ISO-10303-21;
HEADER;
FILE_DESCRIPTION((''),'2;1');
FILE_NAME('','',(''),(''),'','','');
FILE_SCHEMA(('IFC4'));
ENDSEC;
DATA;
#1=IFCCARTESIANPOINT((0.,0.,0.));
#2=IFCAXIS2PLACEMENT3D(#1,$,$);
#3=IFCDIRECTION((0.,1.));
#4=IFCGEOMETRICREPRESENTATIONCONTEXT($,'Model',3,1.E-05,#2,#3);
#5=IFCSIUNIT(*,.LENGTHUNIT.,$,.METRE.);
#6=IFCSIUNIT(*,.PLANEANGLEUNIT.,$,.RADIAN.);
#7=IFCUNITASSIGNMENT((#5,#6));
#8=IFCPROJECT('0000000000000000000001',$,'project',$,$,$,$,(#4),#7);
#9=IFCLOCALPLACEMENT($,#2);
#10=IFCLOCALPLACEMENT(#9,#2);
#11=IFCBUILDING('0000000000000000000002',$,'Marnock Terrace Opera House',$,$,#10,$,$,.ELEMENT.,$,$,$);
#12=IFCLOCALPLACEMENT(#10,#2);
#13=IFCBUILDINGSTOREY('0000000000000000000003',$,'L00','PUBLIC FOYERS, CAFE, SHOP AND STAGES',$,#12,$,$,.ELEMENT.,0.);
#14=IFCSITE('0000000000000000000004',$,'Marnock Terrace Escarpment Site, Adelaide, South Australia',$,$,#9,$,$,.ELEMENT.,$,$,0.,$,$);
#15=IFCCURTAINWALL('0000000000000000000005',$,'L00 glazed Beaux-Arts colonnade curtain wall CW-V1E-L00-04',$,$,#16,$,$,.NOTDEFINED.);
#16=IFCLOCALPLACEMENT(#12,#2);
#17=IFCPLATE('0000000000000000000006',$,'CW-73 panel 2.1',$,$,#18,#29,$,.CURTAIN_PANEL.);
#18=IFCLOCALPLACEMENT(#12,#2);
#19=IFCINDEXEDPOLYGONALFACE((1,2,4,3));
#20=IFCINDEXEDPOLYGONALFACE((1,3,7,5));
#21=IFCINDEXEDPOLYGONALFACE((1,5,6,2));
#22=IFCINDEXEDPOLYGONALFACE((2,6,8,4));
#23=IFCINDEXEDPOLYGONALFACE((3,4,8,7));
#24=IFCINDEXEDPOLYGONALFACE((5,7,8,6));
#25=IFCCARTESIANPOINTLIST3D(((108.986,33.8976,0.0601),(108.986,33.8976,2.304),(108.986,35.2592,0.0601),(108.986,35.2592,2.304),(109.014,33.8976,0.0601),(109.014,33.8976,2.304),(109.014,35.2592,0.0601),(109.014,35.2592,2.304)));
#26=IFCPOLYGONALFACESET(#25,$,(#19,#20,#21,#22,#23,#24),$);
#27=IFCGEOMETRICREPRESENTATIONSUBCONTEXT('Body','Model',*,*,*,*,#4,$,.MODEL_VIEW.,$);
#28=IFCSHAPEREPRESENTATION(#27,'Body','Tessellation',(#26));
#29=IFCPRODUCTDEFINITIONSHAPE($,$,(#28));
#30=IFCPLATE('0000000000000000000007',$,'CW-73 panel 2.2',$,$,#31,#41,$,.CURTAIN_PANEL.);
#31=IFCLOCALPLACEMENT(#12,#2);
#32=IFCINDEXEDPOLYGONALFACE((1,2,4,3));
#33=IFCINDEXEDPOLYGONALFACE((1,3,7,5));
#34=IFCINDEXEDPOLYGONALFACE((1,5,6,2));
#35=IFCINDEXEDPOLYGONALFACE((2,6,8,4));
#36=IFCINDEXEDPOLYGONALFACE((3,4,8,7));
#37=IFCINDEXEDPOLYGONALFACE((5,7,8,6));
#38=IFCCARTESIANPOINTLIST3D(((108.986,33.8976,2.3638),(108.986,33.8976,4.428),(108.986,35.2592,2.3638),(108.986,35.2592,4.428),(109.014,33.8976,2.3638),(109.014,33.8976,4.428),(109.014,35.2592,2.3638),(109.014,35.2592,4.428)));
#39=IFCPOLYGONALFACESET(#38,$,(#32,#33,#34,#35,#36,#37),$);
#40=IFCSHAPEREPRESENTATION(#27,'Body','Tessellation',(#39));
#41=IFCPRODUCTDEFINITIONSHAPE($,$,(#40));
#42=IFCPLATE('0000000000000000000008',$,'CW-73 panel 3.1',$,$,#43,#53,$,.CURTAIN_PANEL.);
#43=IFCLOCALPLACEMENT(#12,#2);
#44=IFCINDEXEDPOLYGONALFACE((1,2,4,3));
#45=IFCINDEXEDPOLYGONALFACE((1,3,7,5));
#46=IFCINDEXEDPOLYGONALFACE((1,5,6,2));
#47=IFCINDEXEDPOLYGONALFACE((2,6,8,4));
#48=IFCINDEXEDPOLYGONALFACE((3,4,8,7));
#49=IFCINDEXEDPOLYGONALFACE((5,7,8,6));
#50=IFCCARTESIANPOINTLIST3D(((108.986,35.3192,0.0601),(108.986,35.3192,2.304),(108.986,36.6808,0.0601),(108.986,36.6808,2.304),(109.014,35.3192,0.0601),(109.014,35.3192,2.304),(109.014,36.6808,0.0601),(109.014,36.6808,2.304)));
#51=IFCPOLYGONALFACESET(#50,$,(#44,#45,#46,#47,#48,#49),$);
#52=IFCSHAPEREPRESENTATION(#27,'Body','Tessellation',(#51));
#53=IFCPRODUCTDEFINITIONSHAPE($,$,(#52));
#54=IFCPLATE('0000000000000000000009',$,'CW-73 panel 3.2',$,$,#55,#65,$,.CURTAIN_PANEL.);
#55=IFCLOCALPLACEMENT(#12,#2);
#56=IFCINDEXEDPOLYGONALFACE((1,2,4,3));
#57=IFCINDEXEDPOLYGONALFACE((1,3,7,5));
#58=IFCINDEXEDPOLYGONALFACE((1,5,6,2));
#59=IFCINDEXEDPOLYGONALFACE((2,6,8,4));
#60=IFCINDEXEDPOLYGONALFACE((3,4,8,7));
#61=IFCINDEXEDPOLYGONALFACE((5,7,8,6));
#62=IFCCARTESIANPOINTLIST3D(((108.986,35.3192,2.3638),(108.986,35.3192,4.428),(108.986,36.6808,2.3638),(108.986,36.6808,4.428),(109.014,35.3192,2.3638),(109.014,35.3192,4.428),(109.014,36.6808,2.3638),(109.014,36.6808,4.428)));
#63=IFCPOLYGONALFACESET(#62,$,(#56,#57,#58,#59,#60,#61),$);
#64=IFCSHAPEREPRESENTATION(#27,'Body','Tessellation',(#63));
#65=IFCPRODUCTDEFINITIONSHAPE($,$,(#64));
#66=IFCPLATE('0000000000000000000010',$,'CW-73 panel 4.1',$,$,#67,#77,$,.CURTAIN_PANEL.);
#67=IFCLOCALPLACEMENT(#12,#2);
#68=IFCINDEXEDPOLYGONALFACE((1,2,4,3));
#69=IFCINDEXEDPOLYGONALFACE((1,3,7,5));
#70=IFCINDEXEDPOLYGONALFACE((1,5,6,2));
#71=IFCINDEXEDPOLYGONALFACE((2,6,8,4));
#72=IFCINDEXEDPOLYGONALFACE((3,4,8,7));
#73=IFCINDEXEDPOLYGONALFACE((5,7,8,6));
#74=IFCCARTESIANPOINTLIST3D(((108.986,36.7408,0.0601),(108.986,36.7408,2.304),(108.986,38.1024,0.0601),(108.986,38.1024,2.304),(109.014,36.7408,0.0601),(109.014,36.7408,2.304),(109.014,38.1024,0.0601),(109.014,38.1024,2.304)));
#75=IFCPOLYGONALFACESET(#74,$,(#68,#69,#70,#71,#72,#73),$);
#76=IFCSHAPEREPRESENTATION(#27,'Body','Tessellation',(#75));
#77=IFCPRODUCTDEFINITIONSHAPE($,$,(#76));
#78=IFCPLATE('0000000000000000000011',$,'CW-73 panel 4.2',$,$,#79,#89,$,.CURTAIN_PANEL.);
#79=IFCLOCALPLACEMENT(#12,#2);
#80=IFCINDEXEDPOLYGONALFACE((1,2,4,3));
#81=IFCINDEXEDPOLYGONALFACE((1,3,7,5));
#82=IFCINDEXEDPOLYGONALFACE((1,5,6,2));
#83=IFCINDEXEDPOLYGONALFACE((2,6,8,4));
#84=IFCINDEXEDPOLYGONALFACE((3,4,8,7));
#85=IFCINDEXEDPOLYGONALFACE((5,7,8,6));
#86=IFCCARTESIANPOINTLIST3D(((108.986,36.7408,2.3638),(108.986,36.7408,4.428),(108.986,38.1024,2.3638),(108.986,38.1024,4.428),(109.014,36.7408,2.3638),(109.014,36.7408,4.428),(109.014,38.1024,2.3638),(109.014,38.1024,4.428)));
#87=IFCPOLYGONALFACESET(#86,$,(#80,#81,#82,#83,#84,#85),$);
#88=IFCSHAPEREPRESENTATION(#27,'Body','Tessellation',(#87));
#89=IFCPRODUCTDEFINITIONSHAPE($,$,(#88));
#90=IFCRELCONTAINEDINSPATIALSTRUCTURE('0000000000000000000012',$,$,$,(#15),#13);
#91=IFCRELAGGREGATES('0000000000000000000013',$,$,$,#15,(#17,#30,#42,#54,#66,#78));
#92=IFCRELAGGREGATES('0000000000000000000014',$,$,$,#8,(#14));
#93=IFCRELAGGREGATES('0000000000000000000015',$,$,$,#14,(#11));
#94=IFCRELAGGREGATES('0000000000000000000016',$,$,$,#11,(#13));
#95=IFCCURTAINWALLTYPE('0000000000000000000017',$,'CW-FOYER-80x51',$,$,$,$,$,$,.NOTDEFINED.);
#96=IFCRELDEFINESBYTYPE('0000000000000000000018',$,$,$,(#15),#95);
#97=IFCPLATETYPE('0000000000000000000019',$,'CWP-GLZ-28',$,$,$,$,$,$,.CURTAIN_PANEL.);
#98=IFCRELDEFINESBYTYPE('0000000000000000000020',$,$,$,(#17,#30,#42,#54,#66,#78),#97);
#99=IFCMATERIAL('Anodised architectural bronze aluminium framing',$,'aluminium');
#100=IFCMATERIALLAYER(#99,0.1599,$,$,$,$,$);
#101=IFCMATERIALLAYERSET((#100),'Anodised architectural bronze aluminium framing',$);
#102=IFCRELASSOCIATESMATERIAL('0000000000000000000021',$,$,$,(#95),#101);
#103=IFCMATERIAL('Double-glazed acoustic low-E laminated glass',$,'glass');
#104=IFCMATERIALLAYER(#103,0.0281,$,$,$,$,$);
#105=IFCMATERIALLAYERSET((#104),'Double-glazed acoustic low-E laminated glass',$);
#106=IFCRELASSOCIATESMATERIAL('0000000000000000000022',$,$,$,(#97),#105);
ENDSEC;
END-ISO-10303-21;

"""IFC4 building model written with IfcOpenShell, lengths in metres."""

from ifc_helpers import new_model, si_unit, direction, frame, origin, origin_2d, place, context, subcontext, project, spatial, rectangle, extrude, material, layer, layer_set, type_object, element, aggregate, save


model = new_model("IFC4")

# Units and contexts
model_context = context("Model", 3, precision=1e-05, world=origin(), true_north=direction((0.0, 1.0)))
body_context = subcontext(model_context, "Body", "Model", "MODEL_VIEW")
ifc_project = project(units=[si_unit("LENGTHUNIT", "METRE"), si_unit("PLANEANGLEUNIT", "RADIAN")], contexts=[model_context])

# Site, building, storey
site_placement = place(None, origin())
site = spatial("IfcSite", under=ifc_project, at=site_placement, Name="Marnock Terrace Escarpment Site, Adelaide, South Australia", CompositionType="ELEMENT", RefElevation=0.0)
building_placement = place(site_placement, origin())
building = spatial("IfcBuilding", under=site, at=building_placement, Name="Marnock Terrace Opera House", CompositionType="ELEMENT")
storey_placement = place(building_placement, origin())
storey = spatial("IfcBuildingStorey", under=building, at=storey_placement, Name="L00", Description="PUBLIC FOYERS, CAFE, SHOP AND STAGES", CompositionType="ELEMENT", Elevation=0.0)

# Curtain wall, plates
ifc_material_1 = material(Name="Anodised architectural bronze aluminium framing", Category="aluminium")
ifc_layer_1 = layer(ifc_material_1, 0.1599)
ifc_layer_set_1 = layer_set([ifc_layer_1], Name="Anodised architectural bronze aluminium framing")
curtain_wall_type = type_object("IfcCurtainWallType", Name="CW-FOYER-80x51", PredefinedType="NOTDEFINED", material=ifc_layer_set_1)
curtain_wall_placement = place(storey_placement, origin())
curtain_wall = element("IfcCurtainWall", 1, at=curtain_wall_placement, inside=storey, type_object=curtain_wall_type, Name="L00 glazed Beaux-Arts colonnade curtain wall CW-V1E-L00-04", PredefinedType="NOTDEFINED")
ifc_material_2 = material(Name="Double-glazed acoustic low-E laminated glass", Category="glass")
ifc_layer_2 = layer(ifc_material_2, 0.0281)
ifc_layer_set_2 = layer_set([ifc_layer_2], Name="Double-glazed acoustic low-E laminated glass")
plate_type = type_object("IfcPlateType", Name="CWP-GLZ-28", PredefinedType="CURTAIN_PANEL", material=ifc_layer_set_2)
plate_1_placement = place(storey_placement, frame((109.0, 34.5784, 0.0601), z_axis=(0.0, 0.0, 1.0), x_axis=(0.0, 1.0, 0.0)))
plate_1 = element("IfcPlate", 2, at=plate_1_placement, type_object=plate_type, Name="CW-73 panel 2.1", PredefinedType="CURTAIN_PANEL", context=body_context, shape_type="SweptSolid", body=[
    extrude(rectangle(XDim=1.3616, YDim=0.0281, at=origin_2d()), origin(), (0.0, 0.0, 1.0), 2.2439),
])
plate_2_placement = place(storey_placement, frame((109.0, 34.5784, 2.3638), z_axis=(0.0, 0.0, 1.0), x_axis=(0.0, 1.0, 0.0)))
plate_2 = element("IfcPlate", 3, at=plate_2_placement, type_object=plate_type, Name="CW-73 panel 2.2", PredefinedType="CURTAIN_PANEL", context=body_context, shape_type="SweptSolid", body=[
    extrude(rectangle(XDim=1.3616, YDim=0.0281, at=origin_2d()), origin(), (0.0, 0.0, 1.0), 2.0642),
])
plate_3_placement = place(storey_placement, frame((109.0, 36.0, 0.0601), z_axis=(0.0, 0.0, 1.0), x_axis=(0.0, 1.0, 0.0)))
plate_3 = element("IfcPlate", 4, at=plate_3_placement, type_object=plate_type, Name="CW-73 panel 3.1", PredefinedType="CURTAIN_PANEL", context=body_context, shape_type="SweptSolid", body=[
    extrude(rectangle(XDim=1.3616, YDim=0.0281, at=origin_2d()), origin(), (0.0, 0.0, 1.0), 2.2439),
])
plate_4_placement = place(storey_placement, frame((109.0, 36.0, 2.3638), z_axis=(0.0, 0.0, 1.0), x_axis=(0.0, 1.0, 0.0)))
plate_4 = element("IfcPlate", 5, at=plate_4_placement, type_object=plate_type, Name="CW-73 panel 3.2", PredefinedType="CURTAIN_PANEL", context=body_context, shape_type="SweptSolid", body=[
    extrude(rectangle(XDim=1.3616, YDim=0.0281, at=origin_2d()), origin(), (0.0, 0.0, 1.0), 2.0642),
])
plate_5_placement = place(storey_placement, frame((109.0, 37.4216, 0.0601), z_axis=(0.0, 0.0, 1.0), x_axis=(0.0, 1.0, 0.0)))
plate_5 = element("IfcPlate", 6, at=plate_5_placement, type_object=plate_type, Name="CW-73 panel 4.1", PredefinedType="CURTAIN_PANEL", context=body_context, shape_type="SweptSolid", body=[
    extrude(rectangle(XDim=1.3616, YDim=0.0281, at=origin_2d()), origin(), (0.0, 0.0, 1.0), 2.2439),
])
plate_6_placement = place(storey_placement, frame((109.0, 37.4216, 2.3638), z_axis=(0.0, 0.0, 1.0), x_axis=(0.0, 1.0, 0.0)))
plate_6 = element("IfcPlate", 7, at=plate_6_placement, type_object=plate_type, Name="CW-73 panel 4.2", PredefinedType="CURTAIN_PANEL", context=body_context, shape_type="SweptSolid", body=[
    extrude(rectangle(XDim=1.3616, YDim=0.0281, at=origin_2d()), origin(), (0.0, 0.0, 1.0), 2.0642),
])
aggregate(curtain_wall, [plate_1, plate_2, plate_3, plate_4, plate_5, plate_6])

save(model, "model.ifc")
